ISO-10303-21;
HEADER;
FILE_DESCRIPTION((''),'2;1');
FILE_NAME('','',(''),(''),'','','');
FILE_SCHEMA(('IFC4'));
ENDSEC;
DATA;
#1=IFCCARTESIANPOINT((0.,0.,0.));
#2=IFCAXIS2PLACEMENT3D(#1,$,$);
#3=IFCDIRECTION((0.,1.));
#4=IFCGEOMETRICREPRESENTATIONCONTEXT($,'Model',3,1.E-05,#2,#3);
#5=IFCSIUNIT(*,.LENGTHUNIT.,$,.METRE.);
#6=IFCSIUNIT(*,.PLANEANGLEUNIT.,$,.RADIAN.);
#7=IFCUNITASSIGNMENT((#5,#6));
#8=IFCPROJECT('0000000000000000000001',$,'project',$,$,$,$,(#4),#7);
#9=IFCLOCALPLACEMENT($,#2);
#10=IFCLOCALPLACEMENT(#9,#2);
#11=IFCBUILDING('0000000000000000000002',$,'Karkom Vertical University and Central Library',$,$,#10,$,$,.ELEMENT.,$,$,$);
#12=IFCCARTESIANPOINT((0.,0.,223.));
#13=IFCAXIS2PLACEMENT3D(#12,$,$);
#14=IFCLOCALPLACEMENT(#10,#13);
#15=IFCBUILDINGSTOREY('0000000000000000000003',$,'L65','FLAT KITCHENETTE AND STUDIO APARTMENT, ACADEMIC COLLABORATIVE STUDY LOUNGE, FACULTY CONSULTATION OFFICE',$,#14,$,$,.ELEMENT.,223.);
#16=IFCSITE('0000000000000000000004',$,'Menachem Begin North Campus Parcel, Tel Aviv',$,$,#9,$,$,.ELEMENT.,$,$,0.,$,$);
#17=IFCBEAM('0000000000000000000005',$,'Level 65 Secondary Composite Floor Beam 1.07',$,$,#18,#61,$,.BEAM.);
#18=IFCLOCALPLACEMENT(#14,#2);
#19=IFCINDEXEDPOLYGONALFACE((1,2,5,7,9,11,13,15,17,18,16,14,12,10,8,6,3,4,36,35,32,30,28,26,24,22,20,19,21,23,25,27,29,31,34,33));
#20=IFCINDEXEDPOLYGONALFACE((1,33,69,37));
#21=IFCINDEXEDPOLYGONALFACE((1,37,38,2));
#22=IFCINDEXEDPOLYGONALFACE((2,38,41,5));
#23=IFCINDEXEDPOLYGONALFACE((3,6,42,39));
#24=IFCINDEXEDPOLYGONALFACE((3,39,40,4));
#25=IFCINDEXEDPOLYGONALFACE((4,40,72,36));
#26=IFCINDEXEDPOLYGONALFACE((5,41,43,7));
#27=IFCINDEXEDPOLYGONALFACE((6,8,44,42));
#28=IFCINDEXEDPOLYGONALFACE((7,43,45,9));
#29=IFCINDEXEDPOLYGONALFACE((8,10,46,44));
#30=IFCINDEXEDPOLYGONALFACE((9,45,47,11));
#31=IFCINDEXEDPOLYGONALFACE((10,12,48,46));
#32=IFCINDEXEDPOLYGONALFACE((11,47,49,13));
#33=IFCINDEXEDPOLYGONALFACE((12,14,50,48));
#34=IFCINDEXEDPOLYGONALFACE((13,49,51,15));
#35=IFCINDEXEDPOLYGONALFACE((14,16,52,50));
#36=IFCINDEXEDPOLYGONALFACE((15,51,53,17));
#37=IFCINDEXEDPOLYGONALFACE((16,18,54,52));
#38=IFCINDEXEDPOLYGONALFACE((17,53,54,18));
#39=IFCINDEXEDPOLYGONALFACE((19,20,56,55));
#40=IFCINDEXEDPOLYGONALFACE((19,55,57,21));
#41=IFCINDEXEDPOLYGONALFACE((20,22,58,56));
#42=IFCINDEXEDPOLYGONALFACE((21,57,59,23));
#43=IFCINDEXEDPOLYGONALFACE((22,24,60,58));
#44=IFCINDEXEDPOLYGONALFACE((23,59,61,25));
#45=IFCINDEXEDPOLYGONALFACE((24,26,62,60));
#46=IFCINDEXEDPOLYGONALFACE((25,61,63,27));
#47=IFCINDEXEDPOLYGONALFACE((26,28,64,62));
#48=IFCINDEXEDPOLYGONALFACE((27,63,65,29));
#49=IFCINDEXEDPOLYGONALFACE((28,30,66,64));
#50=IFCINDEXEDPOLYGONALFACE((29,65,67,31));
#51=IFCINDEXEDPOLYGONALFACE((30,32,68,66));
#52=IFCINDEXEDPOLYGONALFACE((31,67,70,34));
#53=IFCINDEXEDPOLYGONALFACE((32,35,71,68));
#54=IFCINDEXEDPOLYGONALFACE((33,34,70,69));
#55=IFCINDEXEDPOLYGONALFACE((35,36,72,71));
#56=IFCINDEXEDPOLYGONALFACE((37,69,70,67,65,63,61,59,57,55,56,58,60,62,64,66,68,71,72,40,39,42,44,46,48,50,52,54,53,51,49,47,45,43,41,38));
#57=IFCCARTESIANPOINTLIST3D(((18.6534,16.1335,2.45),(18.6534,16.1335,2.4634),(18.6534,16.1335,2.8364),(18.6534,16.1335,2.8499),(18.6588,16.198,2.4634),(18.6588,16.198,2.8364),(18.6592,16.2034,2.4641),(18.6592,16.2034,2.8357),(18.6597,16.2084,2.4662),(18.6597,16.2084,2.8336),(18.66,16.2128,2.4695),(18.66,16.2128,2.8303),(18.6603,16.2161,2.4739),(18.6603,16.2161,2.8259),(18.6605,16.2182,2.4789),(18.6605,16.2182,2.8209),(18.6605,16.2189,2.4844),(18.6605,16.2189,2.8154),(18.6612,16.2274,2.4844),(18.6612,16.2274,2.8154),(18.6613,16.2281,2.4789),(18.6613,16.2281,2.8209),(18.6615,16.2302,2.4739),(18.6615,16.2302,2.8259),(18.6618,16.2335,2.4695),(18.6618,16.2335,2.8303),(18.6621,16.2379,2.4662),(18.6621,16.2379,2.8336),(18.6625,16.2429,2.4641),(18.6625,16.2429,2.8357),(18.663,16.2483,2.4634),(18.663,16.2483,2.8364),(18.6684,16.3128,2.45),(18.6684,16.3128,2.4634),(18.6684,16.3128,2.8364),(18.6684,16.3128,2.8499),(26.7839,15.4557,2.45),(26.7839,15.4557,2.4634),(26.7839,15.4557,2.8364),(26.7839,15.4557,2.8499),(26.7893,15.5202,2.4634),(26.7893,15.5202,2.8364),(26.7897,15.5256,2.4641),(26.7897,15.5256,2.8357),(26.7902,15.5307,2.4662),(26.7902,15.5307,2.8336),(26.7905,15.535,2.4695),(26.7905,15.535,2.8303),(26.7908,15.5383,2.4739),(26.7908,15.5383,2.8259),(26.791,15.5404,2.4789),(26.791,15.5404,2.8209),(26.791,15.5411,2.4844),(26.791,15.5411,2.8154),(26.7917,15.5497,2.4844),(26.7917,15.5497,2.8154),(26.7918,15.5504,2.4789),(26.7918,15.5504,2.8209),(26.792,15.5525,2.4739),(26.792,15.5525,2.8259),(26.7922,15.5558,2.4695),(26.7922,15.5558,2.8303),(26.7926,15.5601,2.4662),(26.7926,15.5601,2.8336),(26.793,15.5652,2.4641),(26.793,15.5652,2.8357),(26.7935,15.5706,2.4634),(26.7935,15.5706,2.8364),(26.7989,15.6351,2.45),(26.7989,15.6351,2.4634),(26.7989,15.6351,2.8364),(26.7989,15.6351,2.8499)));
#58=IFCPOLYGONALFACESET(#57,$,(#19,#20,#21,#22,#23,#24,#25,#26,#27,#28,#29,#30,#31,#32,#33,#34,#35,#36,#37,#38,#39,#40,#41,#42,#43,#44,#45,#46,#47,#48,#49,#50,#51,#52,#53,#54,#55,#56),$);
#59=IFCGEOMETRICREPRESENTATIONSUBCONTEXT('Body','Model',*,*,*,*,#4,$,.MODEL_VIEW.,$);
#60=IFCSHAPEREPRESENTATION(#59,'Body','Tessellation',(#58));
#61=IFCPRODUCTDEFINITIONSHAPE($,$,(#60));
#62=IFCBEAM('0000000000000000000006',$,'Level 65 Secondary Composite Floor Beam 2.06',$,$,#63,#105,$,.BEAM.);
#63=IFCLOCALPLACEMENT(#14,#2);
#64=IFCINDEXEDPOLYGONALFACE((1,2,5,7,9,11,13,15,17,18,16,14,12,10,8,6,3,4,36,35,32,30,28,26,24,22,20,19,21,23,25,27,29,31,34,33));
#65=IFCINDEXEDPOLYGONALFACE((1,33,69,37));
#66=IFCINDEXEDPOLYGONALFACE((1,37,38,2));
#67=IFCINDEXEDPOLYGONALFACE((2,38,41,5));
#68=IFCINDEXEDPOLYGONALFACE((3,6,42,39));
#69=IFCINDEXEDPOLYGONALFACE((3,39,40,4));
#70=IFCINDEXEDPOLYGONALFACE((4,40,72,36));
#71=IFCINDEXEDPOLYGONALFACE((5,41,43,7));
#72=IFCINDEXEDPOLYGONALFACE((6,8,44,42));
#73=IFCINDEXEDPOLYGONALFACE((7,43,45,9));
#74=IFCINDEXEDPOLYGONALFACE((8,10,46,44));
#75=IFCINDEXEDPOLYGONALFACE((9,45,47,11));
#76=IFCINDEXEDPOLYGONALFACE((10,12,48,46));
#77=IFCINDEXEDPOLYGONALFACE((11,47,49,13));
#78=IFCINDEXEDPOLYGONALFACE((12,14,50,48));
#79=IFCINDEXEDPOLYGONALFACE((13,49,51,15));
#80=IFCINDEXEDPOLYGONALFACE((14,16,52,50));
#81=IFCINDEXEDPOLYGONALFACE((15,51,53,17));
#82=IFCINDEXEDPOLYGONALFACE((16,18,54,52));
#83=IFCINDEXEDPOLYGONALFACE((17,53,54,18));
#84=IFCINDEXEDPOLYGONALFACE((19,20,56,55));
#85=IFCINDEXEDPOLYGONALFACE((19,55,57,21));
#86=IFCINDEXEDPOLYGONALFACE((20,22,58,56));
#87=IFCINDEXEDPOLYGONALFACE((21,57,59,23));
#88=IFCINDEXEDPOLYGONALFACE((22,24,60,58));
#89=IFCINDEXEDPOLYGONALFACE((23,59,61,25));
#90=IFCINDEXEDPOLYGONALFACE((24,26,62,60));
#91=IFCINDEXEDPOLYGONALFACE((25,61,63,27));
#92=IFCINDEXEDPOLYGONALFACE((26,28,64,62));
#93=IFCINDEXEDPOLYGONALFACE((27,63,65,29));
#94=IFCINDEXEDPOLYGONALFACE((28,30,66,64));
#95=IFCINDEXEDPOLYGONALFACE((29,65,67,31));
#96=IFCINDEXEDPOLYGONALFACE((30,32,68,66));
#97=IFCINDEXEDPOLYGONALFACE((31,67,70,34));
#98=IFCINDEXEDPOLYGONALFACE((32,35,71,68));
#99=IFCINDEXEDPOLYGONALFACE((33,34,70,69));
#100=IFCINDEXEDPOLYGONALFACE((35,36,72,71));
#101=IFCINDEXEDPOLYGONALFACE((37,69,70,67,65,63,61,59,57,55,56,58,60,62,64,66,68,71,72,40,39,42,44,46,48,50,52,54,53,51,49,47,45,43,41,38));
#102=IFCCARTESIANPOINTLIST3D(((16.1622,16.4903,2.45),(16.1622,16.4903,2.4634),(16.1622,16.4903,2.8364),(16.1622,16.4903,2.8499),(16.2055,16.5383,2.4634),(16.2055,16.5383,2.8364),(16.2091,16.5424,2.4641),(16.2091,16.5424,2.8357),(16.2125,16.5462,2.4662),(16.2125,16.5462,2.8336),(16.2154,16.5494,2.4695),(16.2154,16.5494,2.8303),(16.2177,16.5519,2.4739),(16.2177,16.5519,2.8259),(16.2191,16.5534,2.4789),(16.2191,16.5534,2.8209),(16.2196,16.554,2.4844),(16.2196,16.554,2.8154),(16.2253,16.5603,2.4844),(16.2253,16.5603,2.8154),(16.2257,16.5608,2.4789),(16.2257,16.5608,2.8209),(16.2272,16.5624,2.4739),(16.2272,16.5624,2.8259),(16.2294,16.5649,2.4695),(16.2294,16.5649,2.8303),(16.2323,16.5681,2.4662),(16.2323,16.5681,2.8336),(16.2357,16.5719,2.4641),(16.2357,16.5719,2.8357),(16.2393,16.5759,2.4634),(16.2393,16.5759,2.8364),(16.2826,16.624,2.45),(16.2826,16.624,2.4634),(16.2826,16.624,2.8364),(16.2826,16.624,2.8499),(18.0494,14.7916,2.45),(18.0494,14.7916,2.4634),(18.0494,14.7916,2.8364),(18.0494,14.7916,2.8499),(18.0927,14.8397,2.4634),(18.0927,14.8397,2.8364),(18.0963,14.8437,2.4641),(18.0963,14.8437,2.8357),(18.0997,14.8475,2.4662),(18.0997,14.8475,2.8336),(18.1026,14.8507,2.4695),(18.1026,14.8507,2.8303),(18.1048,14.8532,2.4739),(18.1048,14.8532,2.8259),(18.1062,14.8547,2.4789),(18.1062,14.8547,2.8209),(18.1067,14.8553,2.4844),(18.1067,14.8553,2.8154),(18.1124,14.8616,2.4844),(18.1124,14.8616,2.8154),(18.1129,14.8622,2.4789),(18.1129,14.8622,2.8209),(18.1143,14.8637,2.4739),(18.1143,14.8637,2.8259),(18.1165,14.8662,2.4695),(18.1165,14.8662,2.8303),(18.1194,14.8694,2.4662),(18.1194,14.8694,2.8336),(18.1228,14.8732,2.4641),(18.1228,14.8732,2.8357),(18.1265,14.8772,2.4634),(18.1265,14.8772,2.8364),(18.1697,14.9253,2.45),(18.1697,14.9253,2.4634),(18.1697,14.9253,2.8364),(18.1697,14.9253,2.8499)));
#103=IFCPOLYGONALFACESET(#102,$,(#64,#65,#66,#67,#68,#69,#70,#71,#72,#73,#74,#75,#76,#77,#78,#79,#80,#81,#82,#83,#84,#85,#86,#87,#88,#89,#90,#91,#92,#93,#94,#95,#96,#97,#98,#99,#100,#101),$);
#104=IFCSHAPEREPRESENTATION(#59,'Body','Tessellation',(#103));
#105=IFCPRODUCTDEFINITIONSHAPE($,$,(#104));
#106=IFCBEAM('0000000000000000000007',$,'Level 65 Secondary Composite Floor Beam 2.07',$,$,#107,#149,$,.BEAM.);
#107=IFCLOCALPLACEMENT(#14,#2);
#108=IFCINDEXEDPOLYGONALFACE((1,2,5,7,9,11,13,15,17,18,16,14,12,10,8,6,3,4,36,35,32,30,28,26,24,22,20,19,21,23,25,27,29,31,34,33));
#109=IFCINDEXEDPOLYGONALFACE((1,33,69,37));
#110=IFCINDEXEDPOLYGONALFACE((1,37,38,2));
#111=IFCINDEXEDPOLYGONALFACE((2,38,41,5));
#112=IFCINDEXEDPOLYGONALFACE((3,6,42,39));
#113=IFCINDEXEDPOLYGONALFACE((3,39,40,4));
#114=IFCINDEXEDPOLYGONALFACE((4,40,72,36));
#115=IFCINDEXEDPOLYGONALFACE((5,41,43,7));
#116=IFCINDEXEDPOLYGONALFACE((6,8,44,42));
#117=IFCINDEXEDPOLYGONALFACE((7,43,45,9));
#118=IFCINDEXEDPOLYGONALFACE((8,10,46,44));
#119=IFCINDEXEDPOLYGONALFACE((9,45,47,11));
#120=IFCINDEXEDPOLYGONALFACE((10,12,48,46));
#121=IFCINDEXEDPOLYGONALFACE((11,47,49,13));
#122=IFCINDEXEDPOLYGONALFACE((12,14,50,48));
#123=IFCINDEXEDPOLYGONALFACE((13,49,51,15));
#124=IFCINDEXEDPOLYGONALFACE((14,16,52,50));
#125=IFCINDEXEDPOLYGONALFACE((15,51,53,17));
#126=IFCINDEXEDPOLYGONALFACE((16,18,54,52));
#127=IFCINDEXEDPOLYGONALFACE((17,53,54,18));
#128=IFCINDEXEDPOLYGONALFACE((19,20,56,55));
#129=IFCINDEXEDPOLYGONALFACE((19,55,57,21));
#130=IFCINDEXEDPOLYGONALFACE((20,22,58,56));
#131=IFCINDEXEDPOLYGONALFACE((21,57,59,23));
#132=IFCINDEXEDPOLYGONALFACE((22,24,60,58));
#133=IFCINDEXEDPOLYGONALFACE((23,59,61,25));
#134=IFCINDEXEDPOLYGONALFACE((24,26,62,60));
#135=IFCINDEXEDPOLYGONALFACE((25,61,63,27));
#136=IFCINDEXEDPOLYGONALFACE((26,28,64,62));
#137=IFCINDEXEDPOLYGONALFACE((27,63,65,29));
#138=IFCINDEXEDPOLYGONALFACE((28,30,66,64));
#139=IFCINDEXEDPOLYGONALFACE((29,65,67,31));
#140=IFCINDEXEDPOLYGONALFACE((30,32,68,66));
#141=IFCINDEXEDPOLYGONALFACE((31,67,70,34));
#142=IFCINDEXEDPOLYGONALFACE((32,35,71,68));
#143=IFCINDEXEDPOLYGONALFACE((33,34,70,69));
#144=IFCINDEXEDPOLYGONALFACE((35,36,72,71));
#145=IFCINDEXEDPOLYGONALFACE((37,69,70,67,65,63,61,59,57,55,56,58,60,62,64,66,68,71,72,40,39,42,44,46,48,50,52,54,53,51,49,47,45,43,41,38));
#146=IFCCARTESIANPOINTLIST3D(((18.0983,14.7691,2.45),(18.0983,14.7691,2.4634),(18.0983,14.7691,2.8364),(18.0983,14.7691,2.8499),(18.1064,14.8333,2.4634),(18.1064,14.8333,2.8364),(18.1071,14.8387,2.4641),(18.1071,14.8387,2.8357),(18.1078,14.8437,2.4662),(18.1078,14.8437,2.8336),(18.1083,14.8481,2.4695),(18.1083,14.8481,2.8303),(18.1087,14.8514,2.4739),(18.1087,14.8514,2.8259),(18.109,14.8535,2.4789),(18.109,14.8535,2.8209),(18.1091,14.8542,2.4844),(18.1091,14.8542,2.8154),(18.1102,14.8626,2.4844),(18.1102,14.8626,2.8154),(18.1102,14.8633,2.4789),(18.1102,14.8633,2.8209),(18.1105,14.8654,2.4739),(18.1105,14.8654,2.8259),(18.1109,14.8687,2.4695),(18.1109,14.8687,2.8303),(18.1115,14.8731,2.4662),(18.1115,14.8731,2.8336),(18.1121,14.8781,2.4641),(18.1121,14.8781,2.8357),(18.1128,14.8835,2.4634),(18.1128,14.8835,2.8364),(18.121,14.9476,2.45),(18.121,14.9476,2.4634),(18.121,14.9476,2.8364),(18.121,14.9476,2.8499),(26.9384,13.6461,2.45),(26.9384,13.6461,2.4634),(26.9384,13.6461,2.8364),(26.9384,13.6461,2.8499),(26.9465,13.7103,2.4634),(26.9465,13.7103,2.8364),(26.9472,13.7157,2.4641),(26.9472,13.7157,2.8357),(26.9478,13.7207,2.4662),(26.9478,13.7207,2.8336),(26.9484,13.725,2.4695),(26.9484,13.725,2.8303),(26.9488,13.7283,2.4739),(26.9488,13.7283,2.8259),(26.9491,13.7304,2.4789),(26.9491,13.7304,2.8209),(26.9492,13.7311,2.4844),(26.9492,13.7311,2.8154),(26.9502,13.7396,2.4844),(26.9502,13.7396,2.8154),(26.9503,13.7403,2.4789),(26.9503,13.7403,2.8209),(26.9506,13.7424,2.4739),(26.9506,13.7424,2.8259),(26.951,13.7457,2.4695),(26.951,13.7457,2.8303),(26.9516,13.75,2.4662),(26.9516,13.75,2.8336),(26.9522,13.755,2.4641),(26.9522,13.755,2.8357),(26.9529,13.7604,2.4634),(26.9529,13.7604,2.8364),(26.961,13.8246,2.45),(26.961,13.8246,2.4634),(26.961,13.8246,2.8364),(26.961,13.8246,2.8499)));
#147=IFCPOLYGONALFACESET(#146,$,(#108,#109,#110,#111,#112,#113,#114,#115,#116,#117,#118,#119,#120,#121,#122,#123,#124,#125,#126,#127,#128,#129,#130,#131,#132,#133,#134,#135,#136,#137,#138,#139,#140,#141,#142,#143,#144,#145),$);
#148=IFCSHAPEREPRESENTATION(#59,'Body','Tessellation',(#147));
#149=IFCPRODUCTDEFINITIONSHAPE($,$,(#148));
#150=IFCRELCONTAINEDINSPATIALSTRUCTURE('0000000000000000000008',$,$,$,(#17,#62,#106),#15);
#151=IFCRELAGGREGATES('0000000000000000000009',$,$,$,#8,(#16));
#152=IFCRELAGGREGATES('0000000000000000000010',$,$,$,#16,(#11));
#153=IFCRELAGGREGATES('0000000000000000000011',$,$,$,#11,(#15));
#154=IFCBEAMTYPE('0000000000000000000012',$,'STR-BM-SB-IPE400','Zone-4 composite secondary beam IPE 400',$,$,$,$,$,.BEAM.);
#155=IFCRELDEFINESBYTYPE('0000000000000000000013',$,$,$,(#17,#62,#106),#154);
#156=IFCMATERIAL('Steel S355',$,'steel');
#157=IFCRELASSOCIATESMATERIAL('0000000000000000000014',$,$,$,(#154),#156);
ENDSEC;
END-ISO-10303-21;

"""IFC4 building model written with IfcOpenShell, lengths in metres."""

from ifc_helpers import new_model, si_unit, direction, frame, origin, origin_with_axes, origin_2d, place, context, subcontext, project, spatial, i_section, extrude, source, transform, mapped, material, material_profile, profile_set, type_object, element, save


model = new_model("IFC4")

# Units and contexts
model_context = context("Model", 3, precision=1e-05, world=origin(), true_north=direction((0.0, 1.0)))
body_context = subcontext(model_context, "Body", "Model", "MODEL_VIEW")
ifc_project = project(units=[si_unit("LENGTHUNIT", "METRE"), si_unit("PLANEANGLEUNIT", "RADIAN")], contexts=[model_context])

# Site, building, storey
site_placement = place(None, origin())
site = spatial("IfcSite", under=ifc_project, at=site_placement, Name="Menachem Begin North Campus Parcel, Tel Aviv", CompositionType="ELEMENT", RefElevation=0.0)
building_placement = place(site_placement, origin())
building = spatial("IfcBuilding", under=site, at=building_placement, Name="Karkom Vertical University and Central Library", CompositionType="ELEMENT")
storey_placement = place(building_placement, frame((0.0, 0.0, 223.0)))
storey = spatial("IfcBuildingStorey", under=building, at=storey_placement, Name="L65", Description="FLAT KITCHENETTE AND STUDIO APARTMENT, ACADEMIC COLLABORATIVE STUDY LOUNGE, FACULTY CONSULTATION OFFICE", CompositionType="ELEMENT", Elevation=223.0)

# Beams
ifc_material_1 = material(Name="Steel S355", Category="steel")
ifc_material_profile_1 = material_profile(ifc_material_1, i_section(OverallWidth=0.1799, OverallDepth=0.3999, WebThickness=0.0085, FlangeThickness=0.0134, FilletRadius=0.021, at=origin_2d()), Name="IPE 400")
ifc_profile_set_1 = profile_set([ifc_material_profile_1], Name="Steel S355")
beam_type_1 = type_object("IfcBeamType", Name="STR-BM-SB-IPE400", Description="Zone-4 composite secondary beam IPE 400", PredefinedType="BEAM", material=ifc_profile_set_1)
shared_shape_1 = source(origin_with_axes(), body_context, "Body", "SweptSolid", [
    extrude(i_section(OverallWidth=0.1799, OverallDepth=0.3999, WebThickness=0.0085, FlangeThickness=0.0134, FilletRadius=0.021, at=origin_2d()), origin(), (0.0, 0.0, 1.0), 8.1587),
])
beam_1_placement = place(storey_placement, frame((18.6609, 16.2231, 2.6499), z_axis=(0.996544, -0.08307, 0.0), x_axis=(0.08307, 0.996544, 0.0)))
element("IfcBeam", 1, at=beam_1_placement, inside=storey, type_object=beam_type_1, Name="Level 65 Secondary Composite Floor Beam 1.07", PredefinedType="BEAM", context=body_context, shape_type="MappedRepresentation", body=[
    mapped(shared_shape_1, transform((0.0, 0.0, 0.0), scale=1.0)),
])
shared_shape_2 = source(origin_with_axes(), body_context, "Body", "SweptSolid", [
    extrude(i_section(OverallWidth=0.1799, OverallDepth=0.3999, WebThickness=0.0085, FlangeThickness=0.0134, FilletRadius=0.021, at=origin_2d()), origin(), (0.0, 0.0, 1.0), 2.5391),
])
beam_2_placement = place(storey_placement, frame((16.2224, 16.5571, 2.6499), z_axis=(0.743246, -0.669018, 0.0), x_axis=(0.669018, 0.743246, 0.0)))
element("IfcBeam", 2, at=beam_2_placement, inside=storey, type_object=beam_type_1, Name="Level 65 Secondary Composite Floor Beam 2.06", PredefinedType="BEAM", context=body_context, shape_type="MappedRepresentation", body=[
    mapped(shared_shape_2, transform((0.0, 0.0, 0.0), scale=1.0)),
])
shared_shape_3 = source(origin_with_axes(), body_context, "Body", "SweptSolid", [
    extrude(i_section(OverallWidth=0.1799, OverallDepth=0.3999, WebThickness=0.0085, FlangeThickness=0.0134, FilletRadius=0.021, at=origin_2d()), origin(), (0.0, 0.0, 1.0), 8.9111),
])
beam_3_placement = place(storey_placement, frame((18.1096, 14.8584, 2.6499), z_axis=(0.992027, -0.126027, 0.0), x_axis=(0.126027, 0.992027, 0.0)))
element("IfcBeam", 3, at=beam_3_placement, inside=storey, type_object=beam_type_1, Name="Level 65 Secondary Composite Floor Beam 2.07", PredefinedType="BEAM", context=body_context, shape_type="MappedRepresentation", body=[
    mapped(shared_shape_3, transform((0.0, 0.0, 0.0), scale=1.0)),
])

save(model, "model.ifc")
